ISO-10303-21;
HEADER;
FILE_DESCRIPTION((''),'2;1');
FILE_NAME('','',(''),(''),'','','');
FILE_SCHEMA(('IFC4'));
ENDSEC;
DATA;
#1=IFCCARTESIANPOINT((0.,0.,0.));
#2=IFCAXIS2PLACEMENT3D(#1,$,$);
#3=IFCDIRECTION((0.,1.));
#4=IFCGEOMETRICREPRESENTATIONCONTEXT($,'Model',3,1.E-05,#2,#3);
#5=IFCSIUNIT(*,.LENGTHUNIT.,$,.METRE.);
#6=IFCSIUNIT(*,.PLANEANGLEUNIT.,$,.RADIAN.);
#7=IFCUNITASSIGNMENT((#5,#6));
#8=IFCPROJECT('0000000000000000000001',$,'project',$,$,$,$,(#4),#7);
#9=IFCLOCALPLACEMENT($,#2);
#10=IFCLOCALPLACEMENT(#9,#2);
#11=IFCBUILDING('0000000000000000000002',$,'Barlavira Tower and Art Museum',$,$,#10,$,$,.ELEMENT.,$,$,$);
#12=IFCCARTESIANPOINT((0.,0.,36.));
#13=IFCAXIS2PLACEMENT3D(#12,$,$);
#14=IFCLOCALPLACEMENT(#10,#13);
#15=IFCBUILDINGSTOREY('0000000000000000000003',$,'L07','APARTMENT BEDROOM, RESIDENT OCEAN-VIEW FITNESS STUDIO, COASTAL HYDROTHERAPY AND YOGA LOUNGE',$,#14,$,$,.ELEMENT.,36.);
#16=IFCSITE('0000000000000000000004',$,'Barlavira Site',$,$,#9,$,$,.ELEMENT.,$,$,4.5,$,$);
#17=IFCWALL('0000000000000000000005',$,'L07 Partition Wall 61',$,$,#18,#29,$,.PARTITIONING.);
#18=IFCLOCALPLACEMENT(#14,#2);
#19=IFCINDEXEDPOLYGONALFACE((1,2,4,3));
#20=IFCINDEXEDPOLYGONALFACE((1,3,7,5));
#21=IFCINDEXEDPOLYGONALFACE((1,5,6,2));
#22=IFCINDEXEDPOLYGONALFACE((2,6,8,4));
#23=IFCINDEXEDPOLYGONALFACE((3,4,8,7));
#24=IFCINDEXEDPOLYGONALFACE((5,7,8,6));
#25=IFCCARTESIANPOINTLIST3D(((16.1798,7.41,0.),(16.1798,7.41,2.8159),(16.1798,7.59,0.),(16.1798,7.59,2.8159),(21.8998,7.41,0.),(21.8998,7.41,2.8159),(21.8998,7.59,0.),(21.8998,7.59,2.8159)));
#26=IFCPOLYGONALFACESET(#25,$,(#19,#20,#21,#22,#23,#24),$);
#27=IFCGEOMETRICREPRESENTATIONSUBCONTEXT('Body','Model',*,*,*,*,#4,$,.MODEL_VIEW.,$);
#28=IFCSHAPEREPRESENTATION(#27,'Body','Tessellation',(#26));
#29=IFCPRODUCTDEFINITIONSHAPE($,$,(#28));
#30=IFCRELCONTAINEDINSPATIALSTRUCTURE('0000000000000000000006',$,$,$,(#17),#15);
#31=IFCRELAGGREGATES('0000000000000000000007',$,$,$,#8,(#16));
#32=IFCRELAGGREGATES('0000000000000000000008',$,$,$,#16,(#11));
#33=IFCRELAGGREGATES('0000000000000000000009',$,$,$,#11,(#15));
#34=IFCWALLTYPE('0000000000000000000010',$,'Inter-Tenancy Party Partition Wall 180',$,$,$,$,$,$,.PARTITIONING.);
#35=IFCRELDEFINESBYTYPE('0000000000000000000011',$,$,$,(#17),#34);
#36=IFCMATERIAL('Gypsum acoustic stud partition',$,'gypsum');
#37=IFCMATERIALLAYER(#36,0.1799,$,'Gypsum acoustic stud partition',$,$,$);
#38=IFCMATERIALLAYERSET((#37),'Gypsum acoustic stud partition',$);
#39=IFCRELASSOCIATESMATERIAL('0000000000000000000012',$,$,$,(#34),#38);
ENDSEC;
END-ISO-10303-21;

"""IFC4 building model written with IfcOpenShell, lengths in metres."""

from ifc_helpers import new_model, si_unit, direction, frame, frame_2d, origin, place, context, subcontext, project, spatial, rectangle, extrude, material, layer, layer_set, type_object, element, save


model = new_model("IFC4")

# Units and contexts
model_context = context("Model", 3, precision=1e-05, world=origin(), true_north=direction((0.0, 1.0)))
body_context = subcontext(model_context, "Body", "Model", "MODEL_VIEW")
ifc_project = project(units=[si_unit("LENGTHUNIT", "METRE"), si_unit("PLANEANGLEUNIT", "RADIAN")], contexts=[model_context])

# Site, building, storey
site_placement = place(None, origin())
site = spatial("IfcSite", under=ifc_project, at=site_placement, Name="Barlavira Site", CompositionType="ELEMENT", RefElevation=4.5)
building_placement = place(site_placement, origin())
building = spatial("IfcBuilding", under=site, at=building_placement, Name="Barlavira Tower and Art Museum", CompositionType="ELEMENT")
storey_placement = place(building_placement, frame((0.0, 0.0, 36.0)))
storey = spatial("IfcBuildingStorey", under=building, at=storey_placement, Name="L07", Description="APARTMENT BEDROOM, RESIDENT OCEAN-VIEW FITNESS STUDIO, COASTAL HYDROTHERAPY AND YOGA LOUNGE", CompositionType="ELEMENT", Elevation=36.0)

# Shared definitions
ifc_material_1 = material(Name="Gypsum acoustic stud partition", Category="gypsum")

# Wall
ifc_layer_1 = layer(ifc_material_1, 0.1799, Name="Gypsum acoustic stud partition")
ifc_layer_set_1 = layer_set([ifc_layer_1], Name="Gypsum acoustic stud partition")
wall_type_1 = type_object("IfcWallType", Name="Inter-Tenancy Party Partition Wall 180", PredefinedType="PARTITIONING", material=ifc_layer_set_1)
wall_1_placement = place(storey_placement, frame((16.1799, 7.5, 0.0), z_axis=(0.0, 0.0, 1.0), x_axis=(1.0, 0.0, 0.0)))
element("IfcWall", 1, at=wall_1_placement, inside=storey, type_object=wall_type_1, Name="L07 Partition Wall 61", PredefinedType="PARTITIONING", context=body_context, shape_type="SweptSolid", body=[
    extrude(rectangle(XDim=5.72, YDim=0.1799, at=frame_2d((2.8599, 0.0))), origin(), (0.0, 0.0, 1.0), 2.8159),
])

save(model, "model.ifc")
